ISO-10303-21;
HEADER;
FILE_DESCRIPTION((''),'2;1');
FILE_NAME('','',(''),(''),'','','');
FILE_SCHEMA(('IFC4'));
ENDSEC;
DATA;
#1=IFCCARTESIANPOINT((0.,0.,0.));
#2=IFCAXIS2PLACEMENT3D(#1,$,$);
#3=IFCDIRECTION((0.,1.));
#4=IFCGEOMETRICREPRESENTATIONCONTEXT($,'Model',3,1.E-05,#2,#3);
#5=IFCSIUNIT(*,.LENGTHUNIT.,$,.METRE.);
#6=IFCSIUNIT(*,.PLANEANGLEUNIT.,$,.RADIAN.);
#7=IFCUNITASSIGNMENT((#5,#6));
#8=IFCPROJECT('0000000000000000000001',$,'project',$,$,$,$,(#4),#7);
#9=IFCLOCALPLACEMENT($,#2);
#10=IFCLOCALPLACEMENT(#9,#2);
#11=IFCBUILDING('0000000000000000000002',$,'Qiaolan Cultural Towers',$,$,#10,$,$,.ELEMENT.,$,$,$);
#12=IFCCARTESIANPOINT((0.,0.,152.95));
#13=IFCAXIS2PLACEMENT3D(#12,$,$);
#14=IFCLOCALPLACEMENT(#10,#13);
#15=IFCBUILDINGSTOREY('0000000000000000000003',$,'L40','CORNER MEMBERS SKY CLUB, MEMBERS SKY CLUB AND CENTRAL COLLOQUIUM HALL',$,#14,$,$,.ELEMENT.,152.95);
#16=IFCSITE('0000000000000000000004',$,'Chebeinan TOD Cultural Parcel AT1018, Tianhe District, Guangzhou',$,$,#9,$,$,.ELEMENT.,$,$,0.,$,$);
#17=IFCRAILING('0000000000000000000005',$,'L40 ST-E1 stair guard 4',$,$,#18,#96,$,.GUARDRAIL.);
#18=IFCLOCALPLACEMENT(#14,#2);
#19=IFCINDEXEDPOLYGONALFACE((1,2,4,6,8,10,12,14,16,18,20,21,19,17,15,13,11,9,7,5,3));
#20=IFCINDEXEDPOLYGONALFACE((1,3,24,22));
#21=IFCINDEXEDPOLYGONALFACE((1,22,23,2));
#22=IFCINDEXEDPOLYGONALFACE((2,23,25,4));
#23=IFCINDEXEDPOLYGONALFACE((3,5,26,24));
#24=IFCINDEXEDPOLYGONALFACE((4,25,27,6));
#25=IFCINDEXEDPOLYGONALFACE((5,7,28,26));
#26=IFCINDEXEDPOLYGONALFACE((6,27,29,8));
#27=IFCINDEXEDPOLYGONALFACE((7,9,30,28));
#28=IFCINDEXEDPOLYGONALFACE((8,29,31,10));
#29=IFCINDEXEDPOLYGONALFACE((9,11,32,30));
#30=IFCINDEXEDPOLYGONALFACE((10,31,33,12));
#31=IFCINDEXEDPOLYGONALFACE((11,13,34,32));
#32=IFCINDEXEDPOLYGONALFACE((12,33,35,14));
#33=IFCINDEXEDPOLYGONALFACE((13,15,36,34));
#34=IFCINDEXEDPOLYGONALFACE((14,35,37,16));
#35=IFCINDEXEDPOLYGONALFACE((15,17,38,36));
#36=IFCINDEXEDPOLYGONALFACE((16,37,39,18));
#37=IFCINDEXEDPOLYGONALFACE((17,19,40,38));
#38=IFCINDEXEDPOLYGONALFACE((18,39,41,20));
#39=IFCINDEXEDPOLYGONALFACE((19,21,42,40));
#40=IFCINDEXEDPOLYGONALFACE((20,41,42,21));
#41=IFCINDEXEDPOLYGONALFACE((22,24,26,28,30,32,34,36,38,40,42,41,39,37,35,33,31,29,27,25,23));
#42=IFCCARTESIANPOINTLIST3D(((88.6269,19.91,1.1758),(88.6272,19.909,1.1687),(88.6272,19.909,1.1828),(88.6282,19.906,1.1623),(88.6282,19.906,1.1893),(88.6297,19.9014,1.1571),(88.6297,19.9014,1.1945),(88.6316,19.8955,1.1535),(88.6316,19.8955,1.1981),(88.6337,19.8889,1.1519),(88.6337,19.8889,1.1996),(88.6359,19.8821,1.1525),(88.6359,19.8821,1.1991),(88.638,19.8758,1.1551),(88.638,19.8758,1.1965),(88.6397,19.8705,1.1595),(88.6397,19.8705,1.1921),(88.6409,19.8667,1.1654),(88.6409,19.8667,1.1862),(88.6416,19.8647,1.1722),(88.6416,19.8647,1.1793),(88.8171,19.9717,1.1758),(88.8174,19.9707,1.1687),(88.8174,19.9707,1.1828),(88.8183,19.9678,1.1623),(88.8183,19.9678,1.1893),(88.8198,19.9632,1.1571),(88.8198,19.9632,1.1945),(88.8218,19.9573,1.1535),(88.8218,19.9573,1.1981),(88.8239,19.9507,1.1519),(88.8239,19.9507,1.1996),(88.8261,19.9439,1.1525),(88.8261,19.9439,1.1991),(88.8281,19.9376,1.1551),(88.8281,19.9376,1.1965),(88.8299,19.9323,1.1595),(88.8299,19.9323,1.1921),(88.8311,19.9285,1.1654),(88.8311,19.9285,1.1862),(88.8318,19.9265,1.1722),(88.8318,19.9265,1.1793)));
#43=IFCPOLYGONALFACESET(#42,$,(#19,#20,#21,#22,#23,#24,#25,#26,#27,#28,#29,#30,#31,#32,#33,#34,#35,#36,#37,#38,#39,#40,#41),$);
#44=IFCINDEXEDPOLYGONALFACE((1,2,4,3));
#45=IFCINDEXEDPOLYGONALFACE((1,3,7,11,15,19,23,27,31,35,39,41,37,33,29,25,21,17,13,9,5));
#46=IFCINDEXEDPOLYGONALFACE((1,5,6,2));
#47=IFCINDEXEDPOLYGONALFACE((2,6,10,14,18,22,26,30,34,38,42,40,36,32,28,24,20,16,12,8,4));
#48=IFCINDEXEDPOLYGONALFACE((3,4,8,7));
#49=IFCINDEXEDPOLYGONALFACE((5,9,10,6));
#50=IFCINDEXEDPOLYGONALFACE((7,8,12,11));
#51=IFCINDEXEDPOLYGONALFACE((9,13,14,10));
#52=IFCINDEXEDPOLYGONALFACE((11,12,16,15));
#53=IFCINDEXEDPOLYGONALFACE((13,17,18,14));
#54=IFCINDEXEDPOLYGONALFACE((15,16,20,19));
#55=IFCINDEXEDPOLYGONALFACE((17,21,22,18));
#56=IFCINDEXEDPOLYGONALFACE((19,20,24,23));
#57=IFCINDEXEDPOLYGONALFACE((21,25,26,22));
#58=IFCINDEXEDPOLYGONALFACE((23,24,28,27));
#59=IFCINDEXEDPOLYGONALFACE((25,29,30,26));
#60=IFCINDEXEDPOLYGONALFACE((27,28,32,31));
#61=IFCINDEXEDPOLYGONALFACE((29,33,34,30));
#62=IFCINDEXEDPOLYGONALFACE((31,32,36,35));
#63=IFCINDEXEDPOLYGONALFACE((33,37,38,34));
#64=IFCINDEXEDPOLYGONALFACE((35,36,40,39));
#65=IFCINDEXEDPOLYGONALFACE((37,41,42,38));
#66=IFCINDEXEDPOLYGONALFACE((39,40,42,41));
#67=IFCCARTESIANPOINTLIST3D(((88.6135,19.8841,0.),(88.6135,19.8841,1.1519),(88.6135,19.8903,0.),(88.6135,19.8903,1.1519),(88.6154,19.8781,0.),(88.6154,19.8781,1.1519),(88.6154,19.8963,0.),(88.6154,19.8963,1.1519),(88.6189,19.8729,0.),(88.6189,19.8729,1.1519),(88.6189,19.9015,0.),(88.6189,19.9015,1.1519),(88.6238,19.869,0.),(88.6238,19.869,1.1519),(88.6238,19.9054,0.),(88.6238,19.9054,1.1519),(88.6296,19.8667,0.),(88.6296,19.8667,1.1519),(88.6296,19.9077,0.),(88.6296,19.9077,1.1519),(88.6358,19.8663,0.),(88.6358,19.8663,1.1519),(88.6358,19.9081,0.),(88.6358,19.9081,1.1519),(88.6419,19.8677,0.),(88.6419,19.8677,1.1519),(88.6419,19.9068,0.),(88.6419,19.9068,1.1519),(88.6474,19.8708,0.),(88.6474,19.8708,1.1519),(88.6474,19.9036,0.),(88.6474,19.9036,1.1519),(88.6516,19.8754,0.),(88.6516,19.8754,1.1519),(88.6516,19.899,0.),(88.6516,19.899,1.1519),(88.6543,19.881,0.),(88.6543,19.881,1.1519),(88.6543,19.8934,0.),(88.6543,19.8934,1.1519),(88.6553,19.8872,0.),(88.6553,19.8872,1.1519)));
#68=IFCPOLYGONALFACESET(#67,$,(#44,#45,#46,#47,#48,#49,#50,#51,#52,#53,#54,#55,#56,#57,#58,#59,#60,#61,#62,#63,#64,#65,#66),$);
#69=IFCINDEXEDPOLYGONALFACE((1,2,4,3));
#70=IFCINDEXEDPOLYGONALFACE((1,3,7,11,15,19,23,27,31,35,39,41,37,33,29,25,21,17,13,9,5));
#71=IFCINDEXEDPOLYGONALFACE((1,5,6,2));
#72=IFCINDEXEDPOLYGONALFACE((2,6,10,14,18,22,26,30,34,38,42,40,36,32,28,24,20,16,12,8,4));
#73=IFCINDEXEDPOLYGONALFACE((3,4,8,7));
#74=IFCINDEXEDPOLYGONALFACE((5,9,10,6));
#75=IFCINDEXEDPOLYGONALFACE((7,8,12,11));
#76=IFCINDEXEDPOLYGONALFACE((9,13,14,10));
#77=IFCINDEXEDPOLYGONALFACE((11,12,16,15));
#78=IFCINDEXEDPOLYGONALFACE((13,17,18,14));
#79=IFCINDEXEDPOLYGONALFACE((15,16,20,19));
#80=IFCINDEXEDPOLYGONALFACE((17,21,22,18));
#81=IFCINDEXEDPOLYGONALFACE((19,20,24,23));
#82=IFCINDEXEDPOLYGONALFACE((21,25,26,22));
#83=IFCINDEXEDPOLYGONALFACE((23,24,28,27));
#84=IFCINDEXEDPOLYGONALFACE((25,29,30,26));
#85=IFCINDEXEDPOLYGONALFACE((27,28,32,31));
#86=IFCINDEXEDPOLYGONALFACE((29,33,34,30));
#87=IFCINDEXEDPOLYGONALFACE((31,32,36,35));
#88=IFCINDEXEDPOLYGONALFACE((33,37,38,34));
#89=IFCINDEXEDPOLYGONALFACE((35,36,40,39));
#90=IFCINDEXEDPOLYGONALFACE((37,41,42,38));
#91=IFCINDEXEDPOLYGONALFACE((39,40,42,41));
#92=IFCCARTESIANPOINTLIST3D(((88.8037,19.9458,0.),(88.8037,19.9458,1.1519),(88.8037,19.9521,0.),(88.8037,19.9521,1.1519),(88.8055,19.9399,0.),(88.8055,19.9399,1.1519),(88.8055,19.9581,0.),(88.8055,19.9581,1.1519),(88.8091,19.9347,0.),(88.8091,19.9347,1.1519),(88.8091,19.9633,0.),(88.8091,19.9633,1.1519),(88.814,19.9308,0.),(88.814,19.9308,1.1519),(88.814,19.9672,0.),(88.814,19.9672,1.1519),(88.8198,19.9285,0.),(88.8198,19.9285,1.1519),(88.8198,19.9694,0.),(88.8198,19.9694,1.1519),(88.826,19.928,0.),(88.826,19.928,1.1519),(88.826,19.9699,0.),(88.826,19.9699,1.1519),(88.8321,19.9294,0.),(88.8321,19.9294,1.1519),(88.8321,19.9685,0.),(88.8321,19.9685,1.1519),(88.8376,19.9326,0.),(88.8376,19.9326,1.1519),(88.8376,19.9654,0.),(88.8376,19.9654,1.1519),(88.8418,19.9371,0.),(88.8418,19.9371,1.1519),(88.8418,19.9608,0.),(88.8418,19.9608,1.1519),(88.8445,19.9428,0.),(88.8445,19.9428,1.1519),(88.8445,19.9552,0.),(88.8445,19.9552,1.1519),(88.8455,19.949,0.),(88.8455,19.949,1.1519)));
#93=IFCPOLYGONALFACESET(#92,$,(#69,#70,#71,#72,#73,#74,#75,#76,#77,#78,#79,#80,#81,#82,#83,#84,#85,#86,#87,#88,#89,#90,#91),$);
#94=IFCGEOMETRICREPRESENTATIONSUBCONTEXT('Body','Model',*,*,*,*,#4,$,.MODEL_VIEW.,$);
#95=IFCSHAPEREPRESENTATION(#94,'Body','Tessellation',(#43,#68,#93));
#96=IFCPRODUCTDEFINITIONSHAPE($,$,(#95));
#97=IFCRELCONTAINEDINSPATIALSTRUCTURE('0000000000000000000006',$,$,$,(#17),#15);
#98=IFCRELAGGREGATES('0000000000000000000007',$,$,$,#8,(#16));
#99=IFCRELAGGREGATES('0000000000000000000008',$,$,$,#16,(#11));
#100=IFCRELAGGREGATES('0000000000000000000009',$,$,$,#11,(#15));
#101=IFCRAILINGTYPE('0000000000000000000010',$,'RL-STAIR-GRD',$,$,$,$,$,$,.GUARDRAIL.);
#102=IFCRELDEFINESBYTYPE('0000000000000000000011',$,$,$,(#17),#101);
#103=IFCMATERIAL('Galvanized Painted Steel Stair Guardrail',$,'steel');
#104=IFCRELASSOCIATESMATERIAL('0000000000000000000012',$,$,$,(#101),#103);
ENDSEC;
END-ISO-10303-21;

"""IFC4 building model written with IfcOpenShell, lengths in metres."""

from ifc_helpers import new_model, si_unit, direction, frame, origin, origin_2d, place, context, subcontext, project, spatial, circle, extrude, material, type_object, element, save


model = new_model("IFC4")

# Units and contexts
model_context = context("Model", 3, precision=1e-05, world=origin(), true_north=direction((0.0, 1.0)))
body_context = subcontext(model_context, "Body", "Model", "MODEL_VIEW")
ifc_project = project(units=[si_unit("LENGTHUNIT", "METRE"), si_unit("PLANEANGLEUNIT", "RADIAN")], contexts=[model_context])

# Site, building, storey
site_placement = place(None, origin())
site = spatial("IfcSite", under=ifc_project, at=site_placement, Name="Chebeinan TOD Cultural Parcel AT1018, Tianhe District, Guangzhou", CompositionType="ELEMENT", RefElevation=0.0)
building_placement = place(site_placement, origin())
building = spatial("IfcBuilding", under=site, at=building_placement, Name="Qiaolan Cultural Towers", CompositionType="ELEMENT")
storey_placement = place(building_placement, frame((0.0, 0.0, 152.95)))
storey = spatial("IfcBuildingStorey", under=building, at=storey_placement, Name="L40", Description="CORNER MEMBERS SKY CLUB, MEMBERS SKY CLUB AND CENTRAL COLLOQUIUM HALL", CompositionType="ELEMENT", Elevation=152.95)

# Railing
ifc_material_1 = material(Name="Galvanized Painted Steel Stair Guardrail", Category="steel")
railing_type_1 = type_object("IfcRailingType", Name="RL-STAIR-GRD", PredefinedType="GUARDRAIL", material=ifc_material_1)
railing_1_placement = place(storey_placement, frame((88.6343, 19.8872, 0.0)))
element("IfcRailing", 1, at=railing_1_placement, inside=storey, type_object=railing_type_1, Name="L40 ST-E1 stair guard 4", PredefinedType="GUARDRAIL", context=body_context, shape_type="SweptSolid", body=[
    extrude(circle(Radius=0.0239, at=origin_2d()), frame((0.0, 0.0, 1.1758), z_axis=(0.951097, 0.308893, 0.0), x_axis=(-0.308893, 0.951097, 0.0)), (0.0, 0.0, 1.0), 0.2),
    extrude(circle(Radius=0.021, at=origin_2d()), origin(), (0.0, 0.0, 1.0), 1.1519),
    extrude(circle(Radius=0.021, at=origin_2d()), frame((0.1902, 0.0618, 0.0)), (0.0, 0.0, 1.0), 1.1519),
])

save(model, "model.ifc")
